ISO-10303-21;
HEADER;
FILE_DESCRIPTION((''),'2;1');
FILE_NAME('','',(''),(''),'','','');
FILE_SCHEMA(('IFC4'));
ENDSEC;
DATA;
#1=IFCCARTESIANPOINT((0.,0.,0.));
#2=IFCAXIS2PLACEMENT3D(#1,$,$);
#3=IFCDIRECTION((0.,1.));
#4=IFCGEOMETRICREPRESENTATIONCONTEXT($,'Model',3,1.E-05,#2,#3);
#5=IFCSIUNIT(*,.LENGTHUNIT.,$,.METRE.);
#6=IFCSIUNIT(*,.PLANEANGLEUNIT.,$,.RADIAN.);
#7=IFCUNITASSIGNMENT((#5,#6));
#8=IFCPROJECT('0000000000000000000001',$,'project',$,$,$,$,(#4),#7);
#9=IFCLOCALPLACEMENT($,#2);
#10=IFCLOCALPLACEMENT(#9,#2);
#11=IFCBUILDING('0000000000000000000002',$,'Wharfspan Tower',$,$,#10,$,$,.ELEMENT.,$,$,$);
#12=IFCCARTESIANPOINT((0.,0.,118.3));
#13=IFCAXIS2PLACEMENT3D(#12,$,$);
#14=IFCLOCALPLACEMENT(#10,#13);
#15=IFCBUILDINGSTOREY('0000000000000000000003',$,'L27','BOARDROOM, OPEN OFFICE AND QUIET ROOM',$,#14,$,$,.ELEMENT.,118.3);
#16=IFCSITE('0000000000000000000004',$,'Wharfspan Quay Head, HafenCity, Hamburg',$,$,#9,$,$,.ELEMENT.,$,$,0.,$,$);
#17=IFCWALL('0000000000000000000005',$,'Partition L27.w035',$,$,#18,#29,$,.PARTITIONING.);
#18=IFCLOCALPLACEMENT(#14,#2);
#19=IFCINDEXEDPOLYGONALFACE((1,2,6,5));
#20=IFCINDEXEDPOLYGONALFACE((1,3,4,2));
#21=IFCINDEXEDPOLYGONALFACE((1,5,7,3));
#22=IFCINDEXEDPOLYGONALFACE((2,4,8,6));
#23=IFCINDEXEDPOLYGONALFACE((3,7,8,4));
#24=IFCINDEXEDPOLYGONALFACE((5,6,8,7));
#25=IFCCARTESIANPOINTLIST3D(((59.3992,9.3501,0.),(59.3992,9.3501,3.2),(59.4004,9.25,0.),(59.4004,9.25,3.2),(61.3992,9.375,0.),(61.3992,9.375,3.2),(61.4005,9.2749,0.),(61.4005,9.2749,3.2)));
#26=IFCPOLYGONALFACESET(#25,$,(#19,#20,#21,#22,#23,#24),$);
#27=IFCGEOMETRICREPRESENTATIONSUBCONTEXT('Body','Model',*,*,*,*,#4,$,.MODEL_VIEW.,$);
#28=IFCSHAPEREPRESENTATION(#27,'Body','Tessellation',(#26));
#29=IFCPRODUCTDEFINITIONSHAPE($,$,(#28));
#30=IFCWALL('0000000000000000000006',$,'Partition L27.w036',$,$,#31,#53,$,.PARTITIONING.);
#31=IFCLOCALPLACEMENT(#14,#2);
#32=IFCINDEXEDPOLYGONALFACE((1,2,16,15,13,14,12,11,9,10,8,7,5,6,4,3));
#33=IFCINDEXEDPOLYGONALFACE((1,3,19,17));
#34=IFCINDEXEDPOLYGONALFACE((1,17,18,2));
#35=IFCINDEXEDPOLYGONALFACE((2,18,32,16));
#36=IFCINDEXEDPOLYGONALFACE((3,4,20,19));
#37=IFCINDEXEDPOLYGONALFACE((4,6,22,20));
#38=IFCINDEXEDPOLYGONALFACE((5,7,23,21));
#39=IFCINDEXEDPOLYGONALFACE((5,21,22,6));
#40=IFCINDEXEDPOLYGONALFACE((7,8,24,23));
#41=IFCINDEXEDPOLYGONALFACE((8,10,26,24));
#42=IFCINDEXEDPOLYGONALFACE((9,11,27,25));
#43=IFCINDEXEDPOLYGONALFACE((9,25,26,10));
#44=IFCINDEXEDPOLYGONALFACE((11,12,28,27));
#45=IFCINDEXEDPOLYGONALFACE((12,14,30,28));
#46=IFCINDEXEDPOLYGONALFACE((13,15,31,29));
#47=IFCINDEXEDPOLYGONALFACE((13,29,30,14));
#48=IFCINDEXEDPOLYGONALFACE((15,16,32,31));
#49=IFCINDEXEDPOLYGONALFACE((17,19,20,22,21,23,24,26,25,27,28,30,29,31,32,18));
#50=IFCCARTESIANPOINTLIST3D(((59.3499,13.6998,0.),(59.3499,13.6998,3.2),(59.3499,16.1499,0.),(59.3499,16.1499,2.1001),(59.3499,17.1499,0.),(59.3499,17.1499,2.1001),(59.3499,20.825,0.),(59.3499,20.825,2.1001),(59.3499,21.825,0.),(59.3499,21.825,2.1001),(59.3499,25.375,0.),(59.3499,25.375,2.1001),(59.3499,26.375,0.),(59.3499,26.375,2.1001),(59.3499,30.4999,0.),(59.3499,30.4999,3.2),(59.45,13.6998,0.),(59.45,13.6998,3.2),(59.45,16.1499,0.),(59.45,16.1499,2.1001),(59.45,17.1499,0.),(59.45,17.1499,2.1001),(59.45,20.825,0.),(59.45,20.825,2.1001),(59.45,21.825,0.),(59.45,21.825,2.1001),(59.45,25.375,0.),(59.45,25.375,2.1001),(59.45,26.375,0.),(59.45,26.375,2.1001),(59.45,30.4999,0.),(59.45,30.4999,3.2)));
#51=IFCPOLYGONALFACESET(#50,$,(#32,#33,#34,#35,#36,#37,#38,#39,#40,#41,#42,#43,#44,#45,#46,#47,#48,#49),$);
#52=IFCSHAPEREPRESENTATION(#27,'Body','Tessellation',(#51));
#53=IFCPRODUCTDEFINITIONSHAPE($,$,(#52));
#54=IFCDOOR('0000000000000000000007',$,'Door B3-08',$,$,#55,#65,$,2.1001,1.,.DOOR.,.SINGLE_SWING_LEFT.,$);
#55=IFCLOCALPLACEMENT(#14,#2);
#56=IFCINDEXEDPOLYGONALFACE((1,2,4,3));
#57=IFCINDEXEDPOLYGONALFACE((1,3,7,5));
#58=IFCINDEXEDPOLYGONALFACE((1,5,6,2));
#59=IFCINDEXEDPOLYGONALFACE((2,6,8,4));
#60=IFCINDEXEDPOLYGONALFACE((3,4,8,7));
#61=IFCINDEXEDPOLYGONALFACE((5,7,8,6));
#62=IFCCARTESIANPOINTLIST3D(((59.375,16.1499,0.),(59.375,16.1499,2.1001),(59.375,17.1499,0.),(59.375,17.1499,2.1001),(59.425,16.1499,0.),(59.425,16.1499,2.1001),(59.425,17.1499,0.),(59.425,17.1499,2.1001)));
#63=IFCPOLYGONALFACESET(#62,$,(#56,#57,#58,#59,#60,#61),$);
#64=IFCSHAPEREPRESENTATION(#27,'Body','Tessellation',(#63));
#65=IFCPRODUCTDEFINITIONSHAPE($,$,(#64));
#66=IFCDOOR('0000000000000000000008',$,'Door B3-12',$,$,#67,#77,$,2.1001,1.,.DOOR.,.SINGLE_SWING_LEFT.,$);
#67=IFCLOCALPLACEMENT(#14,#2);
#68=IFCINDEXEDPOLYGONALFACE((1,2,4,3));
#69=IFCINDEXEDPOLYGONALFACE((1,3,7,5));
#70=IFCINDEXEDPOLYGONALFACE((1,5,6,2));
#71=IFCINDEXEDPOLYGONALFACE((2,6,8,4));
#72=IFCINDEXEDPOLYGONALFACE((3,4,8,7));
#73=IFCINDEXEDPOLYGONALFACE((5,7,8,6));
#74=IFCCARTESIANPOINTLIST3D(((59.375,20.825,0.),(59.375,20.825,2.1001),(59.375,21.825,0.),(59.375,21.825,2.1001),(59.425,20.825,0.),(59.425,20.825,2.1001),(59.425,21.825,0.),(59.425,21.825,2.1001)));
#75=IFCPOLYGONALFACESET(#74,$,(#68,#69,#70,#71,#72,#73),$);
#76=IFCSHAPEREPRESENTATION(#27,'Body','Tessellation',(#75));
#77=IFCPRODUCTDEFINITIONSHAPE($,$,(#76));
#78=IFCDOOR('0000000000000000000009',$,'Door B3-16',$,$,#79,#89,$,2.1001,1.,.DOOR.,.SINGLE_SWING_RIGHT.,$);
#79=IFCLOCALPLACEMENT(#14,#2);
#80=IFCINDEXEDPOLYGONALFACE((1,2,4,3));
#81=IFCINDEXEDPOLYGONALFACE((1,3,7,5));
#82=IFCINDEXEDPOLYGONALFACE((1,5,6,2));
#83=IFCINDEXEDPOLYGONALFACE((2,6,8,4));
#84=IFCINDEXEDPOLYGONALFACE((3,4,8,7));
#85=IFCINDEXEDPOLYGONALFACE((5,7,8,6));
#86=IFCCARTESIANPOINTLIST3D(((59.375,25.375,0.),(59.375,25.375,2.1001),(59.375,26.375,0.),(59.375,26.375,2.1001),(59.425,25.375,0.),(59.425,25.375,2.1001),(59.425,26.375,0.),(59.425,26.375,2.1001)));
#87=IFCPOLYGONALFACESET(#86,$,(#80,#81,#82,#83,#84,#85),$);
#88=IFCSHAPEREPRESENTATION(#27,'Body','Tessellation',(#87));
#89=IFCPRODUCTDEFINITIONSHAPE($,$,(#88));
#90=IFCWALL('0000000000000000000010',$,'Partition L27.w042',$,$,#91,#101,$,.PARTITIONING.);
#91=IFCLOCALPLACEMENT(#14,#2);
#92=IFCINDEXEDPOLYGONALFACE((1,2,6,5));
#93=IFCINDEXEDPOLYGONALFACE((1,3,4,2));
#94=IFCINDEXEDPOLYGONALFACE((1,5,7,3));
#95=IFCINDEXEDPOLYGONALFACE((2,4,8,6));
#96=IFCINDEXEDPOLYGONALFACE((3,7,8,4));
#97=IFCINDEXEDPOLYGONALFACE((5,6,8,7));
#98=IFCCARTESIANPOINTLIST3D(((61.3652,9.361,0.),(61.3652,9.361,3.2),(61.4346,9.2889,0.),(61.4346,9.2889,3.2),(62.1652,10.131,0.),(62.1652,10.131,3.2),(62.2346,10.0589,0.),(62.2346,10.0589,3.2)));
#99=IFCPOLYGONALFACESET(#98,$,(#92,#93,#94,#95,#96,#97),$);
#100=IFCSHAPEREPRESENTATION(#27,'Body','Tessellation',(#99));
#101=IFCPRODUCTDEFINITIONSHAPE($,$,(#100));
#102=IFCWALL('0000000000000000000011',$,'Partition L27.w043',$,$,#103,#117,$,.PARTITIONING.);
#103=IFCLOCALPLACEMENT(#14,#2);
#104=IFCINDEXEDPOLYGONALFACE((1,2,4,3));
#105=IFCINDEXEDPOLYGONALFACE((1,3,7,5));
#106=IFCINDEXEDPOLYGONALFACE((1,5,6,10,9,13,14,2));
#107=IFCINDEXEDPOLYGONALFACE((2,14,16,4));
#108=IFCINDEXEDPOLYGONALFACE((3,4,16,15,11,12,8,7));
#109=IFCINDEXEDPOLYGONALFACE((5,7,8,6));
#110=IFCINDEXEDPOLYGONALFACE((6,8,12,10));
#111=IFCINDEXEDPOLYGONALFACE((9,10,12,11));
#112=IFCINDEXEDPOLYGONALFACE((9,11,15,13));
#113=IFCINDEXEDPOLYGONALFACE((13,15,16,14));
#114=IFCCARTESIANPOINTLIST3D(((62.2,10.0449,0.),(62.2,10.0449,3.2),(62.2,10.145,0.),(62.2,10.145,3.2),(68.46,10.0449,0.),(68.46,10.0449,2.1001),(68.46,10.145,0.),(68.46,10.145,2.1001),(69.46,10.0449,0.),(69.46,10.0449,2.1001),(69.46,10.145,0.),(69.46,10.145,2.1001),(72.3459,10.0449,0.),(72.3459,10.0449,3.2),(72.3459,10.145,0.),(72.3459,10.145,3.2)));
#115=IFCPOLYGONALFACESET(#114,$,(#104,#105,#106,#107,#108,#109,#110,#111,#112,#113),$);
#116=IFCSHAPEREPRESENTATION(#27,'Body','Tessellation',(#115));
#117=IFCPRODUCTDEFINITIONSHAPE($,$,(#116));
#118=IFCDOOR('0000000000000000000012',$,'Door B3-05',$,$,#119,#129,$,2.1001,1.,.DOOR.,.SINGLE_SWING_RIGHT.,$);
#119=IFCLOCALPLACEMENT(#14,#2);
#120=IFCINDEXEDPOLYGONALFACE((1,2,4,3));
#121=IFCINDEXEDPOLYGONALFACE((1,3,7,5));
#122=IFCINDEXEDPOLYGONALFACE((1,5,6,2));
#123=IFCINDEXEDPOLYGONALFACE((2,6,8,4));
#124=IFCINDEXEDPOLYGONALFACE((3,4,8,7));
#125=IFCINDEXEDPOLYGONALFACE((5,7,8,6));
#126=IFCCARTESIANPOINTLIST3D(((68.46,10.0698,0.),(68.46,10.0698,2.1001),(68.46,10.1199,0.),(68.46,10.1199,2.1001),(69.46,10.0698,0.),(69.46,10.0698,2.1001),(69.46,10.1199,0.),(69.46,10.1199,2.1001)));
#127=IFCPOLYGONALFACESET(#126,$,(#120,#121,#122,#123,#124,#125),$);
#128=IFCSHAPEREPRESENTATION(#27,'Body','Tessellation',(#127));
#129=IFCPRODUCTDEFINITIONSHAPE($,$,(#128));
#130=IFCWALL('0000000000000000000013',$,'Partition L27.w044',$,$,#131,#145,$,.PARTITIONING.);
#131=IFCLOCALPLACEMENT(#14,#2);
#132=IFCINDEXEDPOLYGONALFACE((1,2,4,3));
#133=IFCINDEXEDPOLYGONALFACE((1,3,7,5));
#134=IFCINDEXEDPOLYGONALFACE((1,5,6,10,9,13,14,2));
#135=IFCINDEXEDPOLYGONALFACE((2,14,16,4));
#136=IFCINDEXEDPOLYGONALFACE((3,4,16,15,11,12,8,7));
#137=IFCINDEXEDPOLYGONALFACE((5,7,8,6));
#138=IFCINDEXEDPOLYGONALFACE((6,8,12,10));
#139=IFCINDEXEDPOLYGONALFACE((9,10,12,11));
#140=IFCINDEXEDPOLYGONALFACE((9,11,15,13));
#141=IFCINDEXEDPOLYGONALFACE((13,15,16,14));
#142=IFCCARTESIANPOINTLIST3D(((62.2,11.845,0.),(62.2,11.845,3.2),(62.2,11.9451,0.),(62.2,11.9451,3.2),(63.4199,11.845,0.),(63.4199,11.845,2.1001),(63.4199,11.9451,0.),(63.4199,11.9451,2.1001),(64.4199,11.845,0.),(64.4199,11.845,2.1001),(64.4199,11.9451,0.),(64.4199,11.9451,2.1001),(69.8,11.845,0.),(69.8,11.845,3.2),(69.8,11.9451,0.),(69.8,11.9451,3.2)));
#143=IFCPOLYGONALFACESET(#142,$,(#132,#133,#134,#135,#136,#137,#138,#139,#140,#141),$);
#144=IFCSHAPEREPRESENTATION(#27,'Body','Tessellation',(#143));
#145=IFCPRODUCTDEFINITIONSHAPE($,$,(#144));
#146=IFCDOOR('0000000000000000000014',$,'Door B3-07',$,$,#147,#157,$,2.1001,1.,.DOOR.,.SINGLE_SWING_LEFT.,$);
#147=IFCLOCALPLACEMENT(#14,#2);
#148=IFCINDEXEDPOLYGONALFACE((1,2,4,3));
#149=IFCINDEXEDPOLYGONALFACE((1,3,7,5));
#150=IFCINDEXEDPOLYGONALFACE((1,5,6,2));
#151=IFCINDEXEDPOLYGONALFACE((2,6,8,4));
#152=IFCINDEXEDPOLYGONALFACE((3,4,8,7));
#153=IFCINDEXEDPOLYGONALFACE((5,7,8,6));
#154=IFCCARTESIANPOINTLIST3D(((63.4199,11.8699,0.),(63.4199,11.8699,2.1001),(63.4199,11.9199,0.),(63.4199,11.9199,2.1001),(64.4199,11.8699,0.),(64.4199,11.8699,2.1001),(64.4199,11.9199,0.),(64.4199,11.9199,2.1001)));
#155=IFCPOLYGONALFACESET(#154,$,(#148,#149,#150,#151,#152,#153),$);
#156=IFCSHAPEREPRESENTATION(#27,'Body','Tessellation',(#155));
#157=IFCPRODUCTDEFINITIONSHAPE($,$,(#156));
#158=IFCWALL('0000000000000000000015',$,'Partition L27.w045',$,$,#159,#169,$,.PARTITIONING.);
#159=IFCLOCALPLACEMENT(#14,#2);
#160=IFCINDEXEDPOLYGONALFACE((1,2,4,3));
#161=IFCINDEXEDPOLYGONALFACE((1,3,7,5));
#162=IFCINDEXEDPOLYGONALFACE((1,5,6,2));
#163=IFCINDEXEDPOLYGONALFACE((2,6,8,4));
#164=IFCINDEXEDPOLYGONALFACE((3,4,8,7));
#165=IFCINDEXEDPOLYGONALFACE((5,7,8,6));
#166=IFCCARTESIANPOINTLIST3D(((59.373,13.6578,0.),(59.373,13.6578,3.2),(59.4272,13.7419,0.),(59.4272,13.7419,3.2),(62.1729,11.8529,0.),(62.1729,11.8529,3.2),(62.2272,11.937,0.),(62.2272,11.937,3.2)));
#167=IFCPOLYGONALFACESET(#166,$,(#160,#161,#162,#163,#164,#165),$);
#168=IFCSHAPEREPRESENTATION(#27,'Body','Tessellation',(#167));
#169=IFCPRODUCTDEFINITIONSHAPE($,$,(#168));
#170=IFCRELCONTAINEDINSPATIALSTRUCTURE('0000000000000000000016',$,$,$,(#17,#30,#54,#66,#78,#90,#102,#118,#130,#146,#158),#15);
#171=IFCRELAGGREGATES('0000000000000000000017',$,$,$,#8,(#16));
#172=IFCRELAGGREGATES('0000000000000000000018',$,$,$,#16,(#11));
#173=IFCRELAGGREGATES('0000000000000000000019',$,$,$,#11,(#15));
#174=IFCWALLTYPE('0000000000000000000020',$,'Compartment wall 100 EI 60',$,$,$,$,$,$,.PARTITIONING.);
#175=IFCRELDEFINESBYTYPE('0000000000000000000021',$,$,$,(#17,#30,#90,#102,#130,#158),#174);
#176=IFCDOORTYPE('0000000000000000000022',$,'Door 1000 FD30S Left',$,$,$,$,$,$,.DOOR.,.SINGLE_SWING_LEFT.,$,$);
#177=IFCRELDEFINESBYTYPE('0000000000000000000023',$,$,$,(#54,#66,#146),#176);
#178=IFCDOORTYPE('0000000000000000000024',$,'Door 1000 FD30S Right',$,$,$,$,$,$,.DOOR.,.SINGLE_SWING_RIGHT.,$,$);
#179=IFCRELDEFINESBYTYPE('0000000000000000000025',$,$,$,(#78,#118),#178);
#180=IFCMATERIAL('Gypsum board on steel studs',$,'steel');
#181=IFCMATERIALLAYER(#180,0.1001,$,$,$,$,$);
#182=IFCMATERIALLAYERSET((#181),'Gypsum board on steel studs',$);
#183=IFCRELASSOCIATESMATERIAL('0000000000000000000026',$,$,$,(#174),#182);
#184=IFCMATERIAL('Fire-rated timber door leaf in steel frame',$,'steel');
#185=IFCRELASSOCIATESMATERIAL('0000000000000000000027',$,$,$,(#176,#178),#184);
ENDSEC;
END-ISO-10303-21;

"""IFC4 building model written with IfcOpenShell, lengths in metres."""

from ifc_helpers import new_model, si_unit, direction, frame, frame_2d, origin, place, context, subcontext, project, spatial, rectangle, extrude, material, layer, layer_set, type_object, element, fill, save


model = new_model("IFC4")

# Units and contexts
model_context = context("Model", 3, precision=1e-05, world=origin(), true_north=direction((0.0, 1.0)))
body_context = subcontext(model_context, "Body", "Model", "MODEL_VIEW")
ifc_project = project(units=[si_unit("LENGTHUNIT", "METRE"), si_unit("PLANEANGLEUNIT", "RADIAN")], contexts=[model_context])

# Site, building, storey
site_placement = place(None, origin())
site = spatial("IfcSite", under=ifc_project, at=site_placement, Name="Wharfspan Quay Head, HafenCity, Hamburg", CompositionType="ELEMENT", RefElevation=0.0)
building_placement = place(site_placement, origin())
building = spatial("IfcBuilding", under=site, at=building_placement, Name="Wharfspan Tower", CompositionType="ELEMENT")
storey_placement = place(building_placement, frame((0.0, 0.0, 118.3)))
storey = spatial("IfcBuildingStorey", under=building, at=storey_placement, Name="L27", Description="BOARDROOM, OPEN OFFICE AND QUIET ROOM", CompositionType="ELEMENT", Elevation=118.3)

# Wall
ifc_material_1 = material(Name="Gypsum board on steel studs", Category="steel")
ifc_layer_1 = layer(ifc_material_1, 0.1001)
ifc_layer_set_1 = layer_set([ifc_layer_1], Name="Gypsum board on steel studs")
wall_type_1 = type_object("IfcWallType", Name="Compartment wall 100 EI 60", PredefinedType="PARTITIONING", material=ifc_layer_set_1)
wall_1_placement = place(storey_placement, frame((59.3999, 9.3, 0.0), z_axis=(0.0, 0.0, 1.0), x_axis=(0.999918, 0.01245, 0.0)))
element("IfcWall", 1, at=wall_1_placement, inside=storey, type_object=wall_type_1, Name="Partition L27.w035", PredefinedType="PARTITIONING", context=body_context, shape_type="SweptSolid", body=[
    extrude(rectangle(XDim=2.0002, YDim=0.1001, at=frame_2d((1.0, 0.0))), origin(), (0.0, 0.0, 1.0), 3.2),
])

# Wall, openings, doors
wall_2_placement = place(storey_placement, frame((59.3999, 13.7, 0.0), z_axis=(0.0, 0.0, 1.0), x_axis=(0.0, 1.0, 0.0)))
wall_2 = element("IfcWall", 2, at=wall_2_placement, inside=storey, type_object=wall_type_1, Name="Partition L27.w036", PredefinedType="PARTITIONING", context=body_context, shape_type="SweptSolid", body=[
    extrude(rectangle(XDim=16.8, YDim=0.1001, at=frame_2d((8.3999, 0.0))), origin(), (0.0, 0.0, 1.0), 3.2),
])
opening_1_placement = place(wall_2_placement, frame((2.45, 0.0, 0.0)))
opening_1 = element("IfcOpeningElement", 3, at=opening_1_placement, cuts=wall_2, PredefinedType="OPENING", context=body_context, shape_type="SweptSolid", body=[
    extrude(rectangle(XDim=1.0, YDim=2.1001, at=frame_2d((0.5, 1.05))), frame((0.0, 0.0601, 0.0), z_axis=(0.0, -1.0, 0.0), x_axis=(1.0, 0.0, 0.0)), (0.0, 0.0, 1.0), 0.1201),
])
opening_2_placement = place(wall_2_placement, frame((7.125, 0.0, 0.0)))
opening_2 = element("IfcOpeningElement", 4, at=opening_2_placement, cuts=wall_2, PredefinedType="OPENING", context=body_context, shape_type="SweptSolid", body=[
    extrude(rectangle(XDim=1.0, YDim=2.1001, at=frame_2d((0.5, 1.05))), frame((0.0, 0.0601, 0.0), z_axis=(0.0, -1.0, 0.0), x_axis=(1.0, 0.0, 0.0)), (0.0, 0.0, 1.0), 0.1201),
])
opening_3_placement = place(wall_2_placement, frame((11.675, 0.0, 0.0)))
opening_3 = element("IfcOpeningElement", 5, at=opening_3_placement, cuts=wall_2, PredefinedType="OPENING", context=body_context, shape_type="SweptSolid", body=[
    extrude(rectangle(XDim=1.0, YDim=2.1001, at=frame_2d((0.5, 1.05))), frame((0.0, 0.0601, 0.0), z_axis=(0.0, -1.0, 0.0), x_axis=(1.0, 0.0, 0.0)), (0.0, 0.0, 1.0), 0.1201),
])
ifc_material_2 = material(Name="Fire-rated timber door leaf in steel frame", Category="steel")
door_type_1 = type_object("IfcDoorType", Name="Door 1000 FD30S Left", OperationType="SINGLE_SWING_LEFT", PredefinedType="DOOR", material=ifc_material_2)
door_1_placement = place(opening_1_placement, origin())
door_1 = element("IfcDoor", 6, at=door_1_placement, inside=storey, type_object=door_type_1, Name="Door B3-08", OperationType="SINGLE_SWING_LEFT", OverallHeight=2.1001, OverallWidth=1.0, PredefinedType="DOOR", context=body_context, shape_type="SweptSolid", body=[
    extrude(rectangle(XDim=1.0, YDim=2.1001, at=frame_2d((0.5, 1.05))), frame((0.0, 0.0249, 0.0), z_axis=(0.0, -1.0, 0.0), x_axis=(1.0, 0.0, 0.0)), (0.0, 0.0, 1.0), 0.05),
])
fill(opening_1, door_1)
door_2_placement = place(opening_2_placement, origin())
door_2 = element("IfcDoor", 7, at=door_2_placement, inside=storey, type_object=door_type_1, Name="Door B3-12", OperationType="SINGLE_SWING_LEFT", OverallHeight=2.1001, OverallWidth=1.0, PredefinedType="DOOR", context=body_context, shape_type="SweptSolid", body=[
    extrude(rectangle(XDim=1.0, YDim=2.1001, at=frame_2d((0.5, 1.05))), frame((0.0, 0.0249, 0.0), z_axis=(0.0, -1.0, 0.0), x_axis=(1.0, 0.0, 0.0)), (0.0, 0.0, 1.0), 0.05),
])
fill(opening_2, door_2)
door_type_2 = type_object("IfcDoorType", Name="Door 1000 FD30S Right", OperationType="SINGLE_SWING_RIGHT", PredefinedType="DOOR", material=ifc_material_2)
door_3_placement = place(opening_3_placement, origin())
door_3 = element("IfcDoor", 8, at=door_3_placement, inside=storey, type_object=door_type_2, Name="Door B3-16", OperationType="SINGLE_SWING_RIGHT", OverallHeight=2.1001, OverallWidth=1.0, PredefinedType="DOOR", context=body_context, shape_type="SweptSolid", body=[
    extrude(rectangle(XDim=1.0, YDim=2.1001, at=frame_2d((0.5, 1.05))), frame((0.0, 0.0249, 0.0), z_axis=(0.0, -1.0, 0.0), x_axis=(1.0, 0.0, 0.0)), (0.0, 0.0, 1.0), 0.05),
])
fill(opening_3, door_3)

# Wall
wall_3_placement = place(storey_placement, frame((61.3999, 9.325, 0.0), z_axis=(0.0, 0.0, 1.0), x_axis=(0.720495, 0.693452, 0.0)))
element("IfcWall", 9, at=wall_3_placement, inside=storey, type_object=wall_type_1, Name="Partition L27.w042", PredefinedType="PARTITIONING", context=body_context, shape_type="SweptSolid", body=[
    extrude(rectangle(XDim=1.1104, YDim=0.1001, at=frame_2d((0.5552, 0.0))), origin(), (0.0, 0.0, 1.0), 3.2),
])

# Walls, openings, doors
wall_4_placement = place(storey_placement, frame((62.2, 10.095, 0.0), z_axis=(0.0, 0.0, 1.0), x_axis=(1.0, 0.0, 0.0)))
wall_4 = element("IfcWall", 10, at=wall_4_placement, inside=storey, type_object=wall_type_1, Name="Partition L27.w043", PredefinedType="PARTITIONING", context=body_context, shape_type="SweptSolid", body=[
    extrude(rectangle(XDim=10.146, YDim=0.1001, at=frame_2d((5.073, 0.0))), origin(), (0.0, 0.0, 1.0), 3.2),
])
opening_4_placement = place(wall_4_placement, frame((6.26, 0.0, 0.0)))
opening_4 = element("IfcOpeningElement", 11, at=opening_4_placement, cuts=wall_4, PredefinedType="OPENING", context=body_context, shape_type="SweptSolid", body=[
    extrude(rectangle(XDim=1.0, YDim=2.1001, at=frame_2d((0.5, 1.05))), frame((0.0, 0.0601, 0.0), z_axis=(0.0, -1.0, 0.0), x_axis=(1.0, 0.0, 0.0)), (0.0, 0.0, 1.0), 0.1201),
])
door_4_placement = place(opening_4_placement, origin())
door_4 = element("IfcDoor", 12, at=door_4_placement, inside=storey, type_object=door_type_2, Name="Door B3-05", OperationType="SINGLE_SWING_RIGHT", OverallHeight=2.1001, OverallWidth=1.0, PredefinedType="DOOR", context=body_context, shape_type="SweptSolid", body=[
    extrude(rectangle(XDim=1.0, YDim=2.1001, at=frame_2d((0.5, 1.05))), frame((0.0, 0.0249, 0.0), z_axis=(0.0, -1.0, 0.0), x_axis=(1.0, 0.0, 0.0)), (0.0, 0.0, 1.0), 0.05),
])
fill(opening_4, door_4)
wall_5_placement = place(storey_placement, frame((62.2, 11.895, 0.0), z_axis=(0.0, 0.0, 1.0), x_axis=(1.0, 0.0, 0.0)))
wall_5 = element("IfcWall", 13, at=wall_5_placement, inside=storey, type_object=wall_type_1, Name="Partition L27.w044", PredefinedType="PARTITIONING", context=body_context, shape_type="SweptSolid", body=[
    extrude(rectangle(XDim=7.6001, YDim=0.1001, at=frame_2d((3.8, 0.0))), origin(), (0.0, 0.0, 1.0), 3.2),
])
opening_5_placement = place(wall_5_placement, frame((1.22, 0.0, 0.0)))
opening_5 = element("IfcOpeningElement", 14, at=opening_5_placement, cuts=wall_5, PredefinedType="OPENING", context=body_context, shape_type="SweptSolid", body=[
    extrude(rectangle(XDim=1.0, YDim=2.1001, at=frame_2d((0.5, 1.05))), frame((0.0, 0.0601, 0.0), z_axis=(0.0, -1.0, 0.0), x_axis=(1.0, 0.0, 0.0)), (0.0, 0.0, 1.0), 0.1201),
])
door_5_placement = place(opening_5_placement, origin())
door_5 = element("IfcDoor", 15, at=door_5_placement, inside=storey, type_object=door_type_1, Name="Door B3-07", OperationType="SINGLE_SWING_LEFT", OverallHeight=2.1001, OverallWidth=1.0, PredefinedType="DOOR", context=body_context, shape_type="SweptSolid", body=[
    extrude(rectangle(XDim=1.0, YDim=2.1001, at=frame_2d((0.5, 1.05))), frame((0.0, 0.0249, 0.0), z_axis=(0.0, -1.0, 0.0), x_axis=(1.0, 0.0, 0.0)), (0.0, 0.0, 1.0), 0.05),
])
fill(opening_5, door_5)

# Wall
wall_6_placement = place(storey_placement, frame((62.2, 11.895, 0.0), z_axis=(0.0, 0.0, 1.0), x_axis=(-0.840512, 0.5418, 0.0)))
element("IfcWall", 16, at=wall_6_placement, inside=storey, type_object=wall_type_1, Name="Partition L27.w045", PredefinedType="PARTITIONING", context=body_context, shape_type="SweptSolid", body=[
    extrude(rectangle(XDim=3.3313, YDim=0.1001, at=frame_2d((1.6655, 0.0))), origin(), (0.0, 0.0, 1.0), 3.2),
])

save(model, "model.ifc")
